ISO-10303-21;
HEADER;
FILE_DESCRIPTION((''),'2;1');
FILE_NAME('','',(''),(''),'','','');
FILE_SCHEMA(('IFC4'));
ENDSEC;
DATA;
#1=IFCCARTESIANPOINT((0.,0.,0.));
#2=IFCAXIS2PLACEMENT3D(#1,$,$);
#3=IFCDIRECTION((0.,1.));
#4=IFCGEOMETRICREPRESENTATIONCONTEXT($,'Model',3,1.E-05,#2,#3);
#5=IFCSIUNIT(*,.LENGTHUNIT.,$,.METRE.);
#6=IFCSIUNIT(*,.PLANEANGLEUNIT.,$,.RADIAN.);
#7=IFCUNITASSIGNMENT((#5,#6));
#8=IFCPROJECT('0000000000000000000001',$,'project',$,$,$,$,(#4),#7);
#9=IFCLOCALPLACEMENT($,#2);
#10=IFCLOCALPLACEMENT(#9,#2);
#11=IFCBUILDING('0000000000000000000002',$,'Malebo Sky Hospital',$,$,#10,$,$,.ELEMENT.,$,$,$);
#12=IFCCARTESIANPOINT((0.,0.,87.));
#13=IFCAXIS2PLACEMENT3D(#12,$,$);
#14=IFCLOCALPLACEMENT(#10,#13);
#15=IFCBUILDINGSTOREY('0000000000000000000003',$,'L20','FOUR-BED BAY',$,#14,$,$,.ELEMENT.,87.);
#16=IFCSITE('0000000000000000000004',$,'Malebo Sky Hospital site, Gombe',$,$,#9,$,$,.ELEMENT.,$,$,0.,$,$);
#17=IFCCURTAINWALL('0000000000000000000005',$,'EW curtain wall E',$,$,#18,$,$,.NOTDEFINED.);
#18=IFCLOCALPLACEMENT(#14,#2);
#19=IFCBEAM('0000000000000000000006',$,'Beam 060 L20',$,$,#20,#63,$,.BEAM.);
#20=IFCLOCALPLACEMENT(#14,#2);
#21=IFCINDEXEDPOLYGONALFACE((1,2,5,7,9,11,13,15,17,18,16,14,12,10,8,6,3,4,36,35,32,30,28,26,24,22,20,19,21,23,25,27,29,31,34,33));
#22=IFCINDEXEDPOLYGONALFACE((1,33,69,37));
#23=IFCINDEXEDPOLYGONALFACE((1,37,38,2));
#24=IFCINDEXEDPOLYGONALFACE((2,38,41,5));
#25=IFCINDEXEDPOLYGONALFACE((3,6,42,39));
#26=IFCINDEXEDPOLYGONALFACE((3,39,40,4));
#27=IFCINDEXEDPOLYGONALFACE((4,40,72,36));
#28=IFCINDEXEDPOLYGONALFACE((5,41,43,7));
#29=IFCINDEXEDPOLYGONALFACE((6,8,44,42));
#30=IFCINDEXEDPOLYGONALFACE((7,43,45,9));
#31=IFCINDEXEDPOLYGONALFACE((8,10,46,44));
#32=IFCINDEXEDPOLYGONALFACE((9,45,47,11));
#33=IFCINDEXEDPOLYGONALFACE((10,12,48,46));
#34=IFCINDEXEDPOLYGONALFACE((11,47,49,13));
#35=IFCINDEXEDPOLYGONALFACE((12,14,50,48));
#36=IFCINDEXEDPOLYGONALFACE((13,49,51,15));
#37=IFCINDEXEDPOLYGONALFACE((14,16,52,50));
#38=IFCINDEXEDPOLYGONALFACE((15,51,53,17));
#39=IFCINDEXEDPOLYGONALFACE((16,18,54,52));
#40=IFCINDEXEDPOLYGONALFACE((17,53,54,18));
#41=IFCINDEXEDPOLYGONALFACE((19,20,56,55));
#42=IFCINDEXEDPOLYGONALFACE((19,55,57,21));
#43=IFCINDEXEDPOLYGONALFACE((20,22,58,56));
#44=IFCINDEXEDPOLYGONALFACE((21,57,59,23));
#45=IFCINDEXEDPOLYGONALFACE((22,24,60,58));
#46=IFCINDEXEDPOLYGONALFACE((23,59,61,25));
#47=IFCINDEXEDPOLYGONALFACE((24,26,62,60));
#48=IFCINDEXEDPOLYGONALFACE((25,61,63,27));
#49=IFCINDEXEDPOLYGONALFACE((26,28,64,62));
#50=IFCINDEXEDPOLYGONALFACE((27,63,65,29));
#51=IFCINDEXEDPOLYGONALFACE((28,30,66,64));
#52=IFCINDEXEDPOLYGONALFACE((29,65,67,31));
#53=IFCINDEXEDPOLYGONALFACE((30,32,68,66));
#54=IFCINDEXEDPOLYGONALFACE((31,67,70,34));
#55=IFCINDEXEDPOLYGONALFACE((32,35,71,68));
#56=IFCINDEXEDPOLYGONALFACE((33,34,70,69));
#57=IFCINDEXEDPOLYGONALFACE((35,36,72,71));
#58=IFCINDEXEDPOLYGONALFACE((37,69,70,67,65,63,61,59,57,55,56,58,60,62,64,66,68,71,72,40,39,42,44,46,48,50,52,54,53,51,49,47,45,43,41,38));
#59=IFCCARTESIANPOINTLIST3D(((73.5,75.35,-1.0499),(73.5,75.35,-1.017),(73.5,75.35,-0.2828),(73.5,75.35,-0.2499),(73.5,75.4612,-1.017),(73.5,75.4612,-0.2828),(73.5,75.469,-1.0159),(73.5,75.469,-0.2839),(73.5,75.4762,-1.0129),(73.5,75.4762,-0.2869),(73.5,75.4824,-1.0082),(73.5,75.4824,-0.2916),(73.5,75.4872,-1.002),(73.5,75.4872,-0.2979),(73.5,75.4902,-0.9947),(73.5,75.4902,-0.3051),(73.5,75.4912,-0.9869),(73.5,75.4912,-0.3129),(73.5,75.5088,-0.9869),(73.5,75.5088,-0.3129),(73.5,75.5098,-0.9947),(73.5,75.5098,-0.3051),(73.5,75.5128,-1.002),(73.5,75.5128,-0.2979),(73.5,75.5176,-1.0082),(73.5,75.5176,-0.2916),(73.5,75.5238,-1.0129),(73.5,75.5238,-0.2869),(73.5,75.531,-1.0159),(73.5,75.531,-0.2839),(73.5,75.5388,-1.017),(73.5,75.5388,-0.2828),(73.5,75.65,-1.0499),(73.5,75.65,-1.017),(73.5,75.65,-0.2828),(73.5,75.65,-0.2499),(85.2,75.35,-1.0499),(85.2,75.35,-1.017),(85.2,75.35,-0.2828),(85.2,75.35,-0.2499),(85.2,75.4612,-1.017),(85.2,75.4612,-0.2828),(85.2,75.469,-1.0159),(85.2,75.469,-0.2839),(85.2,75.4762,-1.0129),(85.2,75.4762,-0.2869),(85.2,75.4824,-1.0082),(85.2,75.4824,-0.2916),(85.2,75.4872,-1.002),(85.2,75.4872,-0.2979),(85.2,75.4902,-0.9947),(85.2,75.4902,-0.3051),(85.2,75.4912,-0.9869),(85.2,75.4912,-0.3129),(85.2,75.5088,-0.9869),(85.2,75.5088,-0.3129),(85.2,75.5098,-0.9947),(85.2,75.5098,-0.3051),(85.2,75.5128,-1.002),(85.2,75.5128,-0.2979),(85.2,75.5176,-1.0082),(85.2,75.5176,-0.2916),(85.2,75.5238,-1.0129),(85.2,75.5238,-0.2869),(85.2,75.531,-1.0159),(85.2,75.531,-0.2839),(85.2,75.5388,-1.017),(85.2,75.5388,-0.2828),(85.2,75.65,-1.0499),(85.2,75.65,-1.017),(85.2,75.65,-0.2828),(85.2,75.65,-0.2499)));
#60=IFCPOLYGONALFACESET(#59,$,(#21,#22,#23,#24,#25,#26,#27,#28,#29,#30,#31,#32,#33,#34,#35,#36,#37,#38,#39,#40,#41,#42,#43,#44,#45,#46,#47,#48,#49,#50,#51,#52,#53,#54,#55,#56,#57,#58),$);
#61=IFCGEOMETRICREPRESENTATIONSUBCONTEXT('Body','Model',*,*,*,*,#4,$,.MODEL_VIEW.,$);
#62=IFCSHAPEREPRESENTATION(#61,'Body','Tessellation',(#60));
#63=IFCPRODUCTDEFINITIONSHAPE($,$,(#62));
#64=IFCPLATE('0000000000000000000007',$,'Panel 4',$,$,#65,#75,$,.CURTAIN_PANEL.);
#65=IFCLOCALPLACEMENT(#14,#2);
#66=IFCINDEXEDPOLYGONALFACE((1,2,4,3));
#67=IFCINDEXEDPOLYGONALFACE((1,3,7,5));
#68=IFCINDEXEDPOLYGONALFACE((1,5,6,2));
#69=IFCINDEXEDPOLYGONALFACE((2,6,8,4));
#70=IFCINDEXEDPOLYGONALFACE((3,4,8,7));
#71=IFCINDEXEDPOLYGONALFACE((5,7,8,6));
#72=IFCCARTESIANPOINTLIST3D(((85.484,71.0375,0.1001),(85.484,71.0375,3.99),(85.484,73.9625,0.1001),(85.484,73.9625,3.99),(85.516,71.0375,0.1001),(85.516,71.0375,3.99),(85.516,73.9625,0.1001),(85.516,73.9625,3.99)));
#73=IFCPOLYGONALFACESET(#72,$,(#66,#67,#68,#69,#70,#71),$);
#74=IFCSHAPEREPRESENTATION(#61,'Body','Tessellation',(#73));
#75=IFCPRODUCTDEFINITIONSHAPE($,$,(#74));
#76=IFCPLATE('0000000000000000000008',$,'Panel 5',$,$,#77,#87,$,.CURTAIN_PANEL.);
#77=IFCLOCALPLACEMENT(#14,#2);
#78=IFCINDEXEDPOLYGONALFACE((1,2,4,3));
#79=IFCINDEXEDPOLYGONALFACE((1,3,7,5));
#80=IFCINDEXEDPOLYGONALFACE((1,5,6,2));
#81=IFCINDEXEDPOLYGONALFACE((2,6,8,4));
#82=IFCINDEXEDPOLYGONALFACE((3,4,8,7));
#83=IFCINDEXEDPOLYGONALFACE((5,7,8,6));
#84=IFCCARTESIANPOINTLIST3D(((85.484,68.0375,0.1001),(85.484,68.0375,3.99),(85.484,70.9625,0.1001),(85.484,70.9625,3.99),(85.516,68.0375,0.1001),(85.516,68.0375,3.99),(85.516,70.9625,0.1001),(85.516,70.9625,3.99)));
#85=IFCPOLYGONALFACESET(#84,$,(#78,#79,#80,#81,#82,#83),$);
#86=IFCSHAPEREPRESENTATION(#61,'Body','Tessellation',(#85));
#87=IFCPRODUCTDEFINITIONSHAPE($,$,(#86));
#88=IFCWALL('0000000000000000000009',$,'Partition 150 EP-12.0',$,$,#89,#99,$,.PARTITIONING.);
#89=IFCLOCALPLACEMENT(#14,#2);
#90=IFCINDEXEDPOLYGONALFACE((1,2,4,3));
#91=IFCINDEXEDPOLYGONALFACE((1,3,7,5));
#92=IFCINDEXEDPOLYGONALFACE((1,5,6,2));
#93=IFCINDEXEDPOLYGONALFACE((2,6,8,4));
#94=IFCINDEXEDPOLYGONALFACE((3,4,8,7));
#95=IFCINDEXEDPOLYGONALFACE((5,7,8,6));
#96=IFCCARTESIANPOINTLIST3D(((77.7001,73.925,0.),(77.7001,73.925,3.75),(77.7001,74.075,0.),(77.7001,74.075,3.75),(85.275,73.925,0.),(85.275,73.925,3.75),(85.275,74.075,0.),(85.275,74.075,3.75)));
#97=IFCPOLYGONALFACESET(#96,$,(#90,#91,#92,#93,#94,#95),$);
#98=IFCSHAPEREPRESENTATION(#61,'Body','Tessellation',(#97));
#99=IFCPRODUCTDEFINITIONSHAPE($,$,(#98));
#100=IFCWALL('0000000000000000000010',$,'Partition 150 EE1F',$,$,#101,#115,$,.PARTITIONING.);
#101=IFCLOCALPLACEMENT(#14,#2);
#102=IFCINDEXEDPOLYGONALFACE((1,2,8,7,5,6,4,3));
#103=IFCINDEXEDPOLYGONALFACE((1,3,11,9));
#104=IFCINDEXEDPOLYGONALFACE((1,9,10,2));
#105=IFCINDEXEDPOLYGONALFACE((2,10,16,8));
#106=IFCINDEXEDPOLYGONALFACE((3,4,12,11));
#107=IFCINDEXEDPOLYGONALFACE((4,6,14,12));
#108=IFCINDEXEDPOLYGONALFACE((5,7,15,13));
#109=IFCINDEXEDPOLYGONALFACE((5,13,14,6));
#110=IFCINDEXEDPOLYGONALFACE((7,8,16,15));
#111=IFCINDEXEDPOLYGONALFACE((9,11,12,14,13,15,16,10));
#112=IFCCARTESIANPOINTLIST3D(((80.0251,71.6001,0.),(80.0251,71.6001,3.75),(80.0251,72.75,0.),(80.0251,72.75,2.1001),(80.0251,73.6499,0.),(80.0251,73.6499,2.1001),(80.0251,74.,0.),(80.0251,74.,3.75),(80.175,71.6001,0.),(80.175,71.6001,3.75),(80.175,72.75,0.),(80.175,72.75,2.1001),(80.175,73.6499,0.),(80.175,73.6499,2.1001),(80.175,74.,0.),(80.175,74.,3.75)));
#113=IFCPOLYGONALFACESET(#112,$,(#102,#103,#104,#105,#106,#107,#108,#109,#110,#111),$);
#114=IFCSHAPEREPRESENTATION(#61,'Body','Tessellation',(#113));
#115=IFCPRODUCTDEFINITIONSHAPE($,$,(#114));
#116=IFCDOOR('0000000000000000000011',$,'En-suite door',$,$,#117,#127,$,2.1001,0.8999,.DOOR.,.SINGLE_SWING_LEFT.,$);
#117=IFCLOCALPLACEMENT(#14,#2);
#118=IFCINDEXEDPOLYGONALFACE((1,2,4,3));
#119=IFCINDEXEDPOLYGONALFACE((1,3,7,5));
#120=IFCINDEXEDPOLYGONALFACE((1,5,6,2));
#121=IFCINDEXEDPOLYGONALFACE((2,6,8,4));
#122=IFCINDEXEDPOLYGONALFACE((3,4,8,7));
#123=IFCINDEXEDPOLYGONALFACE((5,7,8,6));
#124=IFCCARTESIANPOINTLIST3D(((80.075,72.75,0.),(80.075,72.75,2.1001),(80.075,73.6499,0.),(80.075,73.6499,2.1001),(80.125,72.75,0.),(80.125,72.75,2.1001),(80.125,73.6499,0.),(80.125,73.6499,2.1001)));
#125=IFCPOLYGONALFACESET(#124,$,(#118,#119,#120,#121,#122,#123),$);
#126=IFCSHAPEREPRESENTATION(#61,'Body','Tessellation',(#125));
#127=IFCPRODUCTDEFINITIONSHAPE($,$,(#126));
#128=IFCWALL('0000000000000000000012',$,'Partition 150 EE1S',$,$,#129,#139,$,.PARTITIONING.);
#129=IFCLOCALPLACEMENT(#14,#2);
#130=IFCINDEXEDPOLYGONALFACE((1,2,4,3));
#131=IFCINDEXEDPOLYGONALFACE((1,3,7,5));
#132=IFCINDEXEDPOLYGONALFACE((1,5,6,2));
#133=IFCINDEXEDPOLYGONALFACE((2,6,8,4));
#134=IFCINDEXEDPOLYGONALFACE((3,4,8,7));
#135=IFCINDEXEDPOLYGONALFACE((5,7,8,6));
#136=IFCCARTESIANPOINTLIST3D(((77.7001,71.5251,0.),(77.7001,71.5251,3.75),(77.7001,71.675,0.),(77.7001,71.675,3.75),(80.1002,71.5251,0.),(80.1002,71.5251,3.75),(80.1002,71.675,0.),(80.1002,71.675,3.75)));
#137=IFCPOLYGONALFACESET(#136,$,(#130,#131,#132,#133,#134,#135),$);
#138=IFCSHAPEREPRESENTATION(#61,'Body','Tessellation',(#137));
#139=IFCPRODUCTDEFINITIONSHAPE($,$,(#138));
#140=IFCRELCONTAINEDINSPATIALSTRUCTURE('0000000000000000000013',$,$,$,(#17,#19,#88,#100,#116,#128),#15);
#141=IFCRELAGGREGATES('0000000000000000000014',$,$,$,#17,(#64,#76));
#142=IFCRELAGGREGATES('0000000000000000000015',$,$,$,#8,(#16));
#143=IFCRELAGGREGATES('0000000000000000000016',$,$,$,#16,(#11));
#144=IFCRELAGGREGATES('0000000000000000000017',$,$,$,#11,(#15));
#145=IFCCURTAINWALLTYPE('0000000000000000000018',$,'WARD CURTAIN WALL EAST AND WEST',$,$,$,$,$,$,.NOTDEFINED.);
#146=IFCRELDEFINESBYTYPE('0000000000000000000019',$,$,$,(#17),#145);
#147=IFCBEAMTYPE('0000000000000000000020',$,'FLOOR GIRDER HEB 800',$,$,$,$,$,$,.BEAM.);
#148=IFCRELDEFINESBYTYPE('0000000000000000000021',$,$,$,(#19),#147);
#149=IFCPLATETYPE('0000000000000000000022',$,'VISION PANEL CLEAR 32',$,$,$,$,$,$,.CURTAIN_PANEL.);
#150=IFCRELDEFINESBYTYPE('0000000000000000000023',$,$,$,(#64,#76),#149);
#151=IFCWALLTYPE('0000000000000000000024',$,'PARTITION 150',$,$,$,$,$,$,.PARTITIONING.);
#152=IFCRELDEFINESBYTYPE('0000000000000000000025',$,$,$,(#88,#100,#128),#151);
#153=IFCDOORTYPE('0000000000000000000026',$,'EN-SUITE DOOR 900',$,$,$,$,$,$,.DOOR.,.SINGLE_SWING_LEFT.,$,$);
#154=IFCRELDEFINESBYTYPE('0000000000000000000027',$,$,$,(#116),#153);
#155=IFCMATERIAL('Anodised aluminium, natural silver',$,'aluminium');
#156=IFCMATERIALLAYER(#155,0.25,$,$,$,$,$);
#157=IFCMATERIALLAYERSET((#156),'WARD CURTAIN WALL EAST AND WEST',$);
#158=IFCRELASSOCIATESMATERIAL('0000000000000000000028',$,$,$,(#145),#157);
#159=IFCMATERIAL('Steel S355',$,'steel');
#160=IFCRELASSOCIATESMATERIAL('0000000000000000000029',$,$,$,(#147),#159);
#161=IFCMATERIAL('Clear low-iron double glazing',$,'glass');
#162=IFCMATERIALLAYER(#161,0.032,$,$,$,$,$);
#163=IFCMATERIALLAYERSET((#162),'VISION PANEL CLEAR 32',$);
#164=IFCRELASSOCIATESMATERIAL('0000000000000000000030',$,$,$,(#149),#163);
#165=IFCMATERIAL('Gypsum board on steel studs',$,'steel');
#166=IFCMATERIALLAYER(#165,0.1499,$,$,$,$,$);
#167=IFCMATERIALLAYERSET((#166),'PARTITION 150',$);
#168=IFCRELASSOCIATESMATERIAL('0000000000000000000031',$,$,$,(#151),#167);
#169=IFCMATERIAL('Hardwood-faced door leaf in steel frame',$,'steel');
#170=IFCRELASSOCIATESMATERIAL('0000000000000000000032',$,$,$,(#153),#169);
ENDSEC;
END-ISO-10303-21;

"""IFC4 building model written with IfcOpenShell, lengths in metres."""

from ifc_helpers import new_model, si_unit, direction, frame, frame_2d, origin, origin_2d, place, context, subcontext, project, spatial, rectangle, i_section, extrude, material, layer, layer_set, material_profile, profile_set, type_object, element, fill, aggregate, save


model = new_model("IFC4")

# Units and contexts
model_context = context("Model", 3, precision=1e-05, world=origin(), true_north=direction((0.0, 1.0)))
body_context = subcontext(model_context, "Body", "Model", "MODEL_VIEW")
ifc_project = project(units=[si_unit("LENGTHUNIT", "METRE"), si_unit("PLANEANGLEUNIT", "RADIAN")], contexts=[model_context])

# Site, building, storey
site_placement = place(None, origin())
site = spatial("IfcSite", under=ifc_project, at=site_placement, Name="Malebo Sky Hospital site, Gombe", CompositionType="ELEMENT", RefElevation=0.0)
building_placement = place(site_placement, origin())
building = spatial("IfcBuilding", under=site, at=building_placement, Name="Malebo Sky Hospital", CompositionType="ELEMENT")
storey_placement = place(building_placement, frame((0.0, 0.0, 87.0)))
storey = spatial("IfcBuildingStorey", under=building, at=storey_placement, Name="L20", Description="FOUR-BED BAY", CompositionType="ELEMENT", Elevation=87.0)

# Curtain wall
ifc_material_1 = material(Name="Anodised aluminium, natural silver", Category="aluminium")
ifc_layer_1 = layer(ifc_material_1, 0.25)
ifc_layer_set_1 = layer_set([ifc_layer_1], Name="WARD CURTAIN WALL EAST AND WEST")
curtain_wall_type = type_object("IfcCurtainWallType", Name="WARD CURTAIN WALL EAST AND WEST", PredefinedType="NOTDEFINED", material=ifc_layer_set_1)
curtain_wall_placement = place(storey_placement, origin())
curtain_wall = element("IfcCurtainWall", 1, at=curtain_wall_placement, inside=storey, type_object=curtain_wall_type, Name="EW curtain wall E", PredefinedType="NOTDEFINED")

# Shared definitions
ifc_material_2 = material(Name="Steel S355", Category="steel")

# Beam
ifc_material_profile_1 = material_profile(ifc_material_2, i_section(OverallWidth=0.3, OverallDepth=0.8, WebThickness=0.0176, FlangeThickness=0.033, FilletRadius=0.03, at=origin_2d()), Name="HEB 800")
ifc_profile_set_1 = profile_set([ifc_material_profile_1], Name="Steel S355")
beam_type_1 = type_object("IfcBeamType", Name="FLOOR GIRDER HEB 800", PredefinedType="BEAM", material=ifc_profile_set_1)
beam_1_placement = place(storey_placement, frame((73.5, 75.5, -0.6499), z_axis=(1.0, 0.0, 0.0), x_axis=(0.0, 1.0, 0.0)))
element("IfcBeam", 2, at=beam_1_placement, inside=storey, type_object=beam_type_1, Name="Beam 060 L20", PredefinedType="BEAM", context=body_context, shape_type="SweptSolid", body=[
    extrude(i_section(OverallWidth=0.3, OverallDepth=0.8, WebThickness=0.0176, FlangeThickness=0.033, FilletRadius=0.03, at=origin_2d()), origin(), (0.0, 0.0, 1.0), 11.7),
])

# Plates
ifc_material_3 = material(Name="Clear low-iron double glazing", Category="glass")
ifc_layer_2 = layer(ifc_material_3, 0.032)
ifc_layer_set_2 = layer_set([ifc_layer_2], Name="VISION PANEL CLEAR 32")
plate_type = type_object("IfcPlateType", Name="VISION PANEL CLEAR 32", PredefinedType="CURTAIN_PANEL", material=ifc_layer_set_2)
plate_1_placement = place(storey_placement, frame((85.5, 72.5, 0.1001), z_axis=(0.0, 0.0, 1.0), x_axis=(0.0, -1.0, 0.0)))
plate_1 = element("IfcPlate", 3, at=plate_1_placement, type_object=plate_type, Name="Panel 4", PredefinedType="CURTAIN_PANEL", context=body_context, shape_type="SweptSolid", body=[
    extrude(rectangle(XDim=2.925, YDim=0.032, at=origin_2d()), origin(), (0.0, 0.0, 1.0), 3.8899),
])
plate_2_placement = place(storey_placement, frame((85.5, 69.5, 0.1001), z_axis=(0.0, 0.0, 1.0), x_axis=(0.0, -1.0, 0.0)))
plate_2 = element("IfcPlate", 4, at=plate_2_placement, type_object=plate_type, Name="Panel 5", PredefinedType="CURTAIN_PANEL", context=body_context, shape_type="SweptSolid", body=[
    extrude(rectangle(XDim=2.925, YDim=0.032, at=origin_2d()), origin(), (0.0, 0.0, 1.0), 3.8899),
])
aggregate(curtain_wall, [plate_1, plate_2])

# Wall
ifc_material_4 = material(Name="Gypsum board on steel studs", Category="steel")
ifc_layer_3 = layer(ifc_material_4, 0.1499)
ifc_layer_set_3 = layer_set([ifc_layer_3], Name="PARTITION 150")
wall_type = type_object("IfcWallType", Name="PARTITION 150", PredefinedType="PARTITIONING", material=ifc_layer_set_3)
wall_1_placement = place(storey_placement, frame((77.7, 74.0, 0.0), z_axis=(0.0, 0.0, 1.0), x_axis=(1.0, 0.0, 0.0)))
element("IfcWall", 5, at=wall_1_placement, inside=storey, type_object=wall_type, Name="Partition 150 EP-12.0", PredefinedType="PARTITIONING", context=body_context, shape_type="SweptSolid", body=[
    extrude(rectangle(XDim=7.575, YDim=0.1499, at=frame_2d((3.7876, 0.0))), origin(), (0.0, 0.0, 1.0), 3.75),
])

# Wall, opening, door
wall_2_placement = place(storey_placement, frame((80.1001, 74.0, 0.0), z_axis=(0.0, 0.0, 1.0), x_axis=(0.0, -1.0, 0.0)))
wall_2 = element("IfcWall", 6, at=wall_2_placement, inside=storey, type_object=wall_type, Name="Partition 150 EE1F", PredefinedType="PARTITIONING", context=body_context, shape_type="SweptSolid", body=[
    extrude(rectangle(XDim=2.3999, YDim=0.1499, at=frame_2d((1.2, 0.0))), origin(), (0.0, 0.0, 1.0), 3.75),
])
opening_placement = place(wall_2_placement, frame((0.3501, 0.0, 0.0)))
opening = element("IfcOpeningElement", 7, at=opening_placement, cuts=wall_2, PredefinedType="OPENING", context=body_context, shape_type="SweptSolid", body=[
    extrude(rectangle(XDim=0.8999, YDim=2.1001, at=frame_2d((0.45, 1.05))), frame((0.0, 0.085, 0.0), z_axis=(0.0, -1.0, 0.0), x_axis=(1.0, 0.0, 0.0)), (0.0, 0.0, 1.0), 0.1699),
])
ifc_material_5 = material(Name="Hardwood-faced door leaf in steel frame", Category="steel")
door_type = type_object("IfcDoorType", Name="EN-SUITE DOOR 900", OperationType="SINGLE_SWING_LEFT", PredefinedType="DOOR", material=ifc_material_5)
door_placement = place(opening_placement, origin())
door = element("IfcDoor", 8, at=door_placement, inside=storey, type_object=door_type, Name="En-suite door", OperationType="SINGLE_SWING_LEFT", OverallHeight=2.1001, OverallWidth=0.8999, PredefinedType="DOOR", context=body_context, shape_type="SweptSolid", body=[
    extrude(rectangle(XDim=0.8999, YDim=2.1001, at=frame_2d((0.45, 1.05))), frame((0.0, 0.0249, 0.0), z_axis=(0.0, -1.0, 0.0), x_axis=(1.0, 0.0, 0.0)), (0.0, 0.0, 1.0), 0.05),
])
fill(opening, door)

# Wall
wall_3_placement = place(storey_placement, frame((77.7, 71.6001, 0.0), z_axis=(0.0, 0.0, 1.0), x_axis=(1.0, 0.0, 0.0)))
element("IfcWall", 9, at=wall_3_placement, inside=storey, type_object=wall_type, Name="Partition 150 EE1S", PredefinedType="PARTITIONING", context=body_context, shape_type="SweptSolid", body=[
    extrude(rectangle(XDim=2.4001, YDim=0.1499, at=frame_2d((1.2002, 0.0))), origin(), (0.0, 0.0, 1.0), 3.75),
])

save(model, "model.ifc")
